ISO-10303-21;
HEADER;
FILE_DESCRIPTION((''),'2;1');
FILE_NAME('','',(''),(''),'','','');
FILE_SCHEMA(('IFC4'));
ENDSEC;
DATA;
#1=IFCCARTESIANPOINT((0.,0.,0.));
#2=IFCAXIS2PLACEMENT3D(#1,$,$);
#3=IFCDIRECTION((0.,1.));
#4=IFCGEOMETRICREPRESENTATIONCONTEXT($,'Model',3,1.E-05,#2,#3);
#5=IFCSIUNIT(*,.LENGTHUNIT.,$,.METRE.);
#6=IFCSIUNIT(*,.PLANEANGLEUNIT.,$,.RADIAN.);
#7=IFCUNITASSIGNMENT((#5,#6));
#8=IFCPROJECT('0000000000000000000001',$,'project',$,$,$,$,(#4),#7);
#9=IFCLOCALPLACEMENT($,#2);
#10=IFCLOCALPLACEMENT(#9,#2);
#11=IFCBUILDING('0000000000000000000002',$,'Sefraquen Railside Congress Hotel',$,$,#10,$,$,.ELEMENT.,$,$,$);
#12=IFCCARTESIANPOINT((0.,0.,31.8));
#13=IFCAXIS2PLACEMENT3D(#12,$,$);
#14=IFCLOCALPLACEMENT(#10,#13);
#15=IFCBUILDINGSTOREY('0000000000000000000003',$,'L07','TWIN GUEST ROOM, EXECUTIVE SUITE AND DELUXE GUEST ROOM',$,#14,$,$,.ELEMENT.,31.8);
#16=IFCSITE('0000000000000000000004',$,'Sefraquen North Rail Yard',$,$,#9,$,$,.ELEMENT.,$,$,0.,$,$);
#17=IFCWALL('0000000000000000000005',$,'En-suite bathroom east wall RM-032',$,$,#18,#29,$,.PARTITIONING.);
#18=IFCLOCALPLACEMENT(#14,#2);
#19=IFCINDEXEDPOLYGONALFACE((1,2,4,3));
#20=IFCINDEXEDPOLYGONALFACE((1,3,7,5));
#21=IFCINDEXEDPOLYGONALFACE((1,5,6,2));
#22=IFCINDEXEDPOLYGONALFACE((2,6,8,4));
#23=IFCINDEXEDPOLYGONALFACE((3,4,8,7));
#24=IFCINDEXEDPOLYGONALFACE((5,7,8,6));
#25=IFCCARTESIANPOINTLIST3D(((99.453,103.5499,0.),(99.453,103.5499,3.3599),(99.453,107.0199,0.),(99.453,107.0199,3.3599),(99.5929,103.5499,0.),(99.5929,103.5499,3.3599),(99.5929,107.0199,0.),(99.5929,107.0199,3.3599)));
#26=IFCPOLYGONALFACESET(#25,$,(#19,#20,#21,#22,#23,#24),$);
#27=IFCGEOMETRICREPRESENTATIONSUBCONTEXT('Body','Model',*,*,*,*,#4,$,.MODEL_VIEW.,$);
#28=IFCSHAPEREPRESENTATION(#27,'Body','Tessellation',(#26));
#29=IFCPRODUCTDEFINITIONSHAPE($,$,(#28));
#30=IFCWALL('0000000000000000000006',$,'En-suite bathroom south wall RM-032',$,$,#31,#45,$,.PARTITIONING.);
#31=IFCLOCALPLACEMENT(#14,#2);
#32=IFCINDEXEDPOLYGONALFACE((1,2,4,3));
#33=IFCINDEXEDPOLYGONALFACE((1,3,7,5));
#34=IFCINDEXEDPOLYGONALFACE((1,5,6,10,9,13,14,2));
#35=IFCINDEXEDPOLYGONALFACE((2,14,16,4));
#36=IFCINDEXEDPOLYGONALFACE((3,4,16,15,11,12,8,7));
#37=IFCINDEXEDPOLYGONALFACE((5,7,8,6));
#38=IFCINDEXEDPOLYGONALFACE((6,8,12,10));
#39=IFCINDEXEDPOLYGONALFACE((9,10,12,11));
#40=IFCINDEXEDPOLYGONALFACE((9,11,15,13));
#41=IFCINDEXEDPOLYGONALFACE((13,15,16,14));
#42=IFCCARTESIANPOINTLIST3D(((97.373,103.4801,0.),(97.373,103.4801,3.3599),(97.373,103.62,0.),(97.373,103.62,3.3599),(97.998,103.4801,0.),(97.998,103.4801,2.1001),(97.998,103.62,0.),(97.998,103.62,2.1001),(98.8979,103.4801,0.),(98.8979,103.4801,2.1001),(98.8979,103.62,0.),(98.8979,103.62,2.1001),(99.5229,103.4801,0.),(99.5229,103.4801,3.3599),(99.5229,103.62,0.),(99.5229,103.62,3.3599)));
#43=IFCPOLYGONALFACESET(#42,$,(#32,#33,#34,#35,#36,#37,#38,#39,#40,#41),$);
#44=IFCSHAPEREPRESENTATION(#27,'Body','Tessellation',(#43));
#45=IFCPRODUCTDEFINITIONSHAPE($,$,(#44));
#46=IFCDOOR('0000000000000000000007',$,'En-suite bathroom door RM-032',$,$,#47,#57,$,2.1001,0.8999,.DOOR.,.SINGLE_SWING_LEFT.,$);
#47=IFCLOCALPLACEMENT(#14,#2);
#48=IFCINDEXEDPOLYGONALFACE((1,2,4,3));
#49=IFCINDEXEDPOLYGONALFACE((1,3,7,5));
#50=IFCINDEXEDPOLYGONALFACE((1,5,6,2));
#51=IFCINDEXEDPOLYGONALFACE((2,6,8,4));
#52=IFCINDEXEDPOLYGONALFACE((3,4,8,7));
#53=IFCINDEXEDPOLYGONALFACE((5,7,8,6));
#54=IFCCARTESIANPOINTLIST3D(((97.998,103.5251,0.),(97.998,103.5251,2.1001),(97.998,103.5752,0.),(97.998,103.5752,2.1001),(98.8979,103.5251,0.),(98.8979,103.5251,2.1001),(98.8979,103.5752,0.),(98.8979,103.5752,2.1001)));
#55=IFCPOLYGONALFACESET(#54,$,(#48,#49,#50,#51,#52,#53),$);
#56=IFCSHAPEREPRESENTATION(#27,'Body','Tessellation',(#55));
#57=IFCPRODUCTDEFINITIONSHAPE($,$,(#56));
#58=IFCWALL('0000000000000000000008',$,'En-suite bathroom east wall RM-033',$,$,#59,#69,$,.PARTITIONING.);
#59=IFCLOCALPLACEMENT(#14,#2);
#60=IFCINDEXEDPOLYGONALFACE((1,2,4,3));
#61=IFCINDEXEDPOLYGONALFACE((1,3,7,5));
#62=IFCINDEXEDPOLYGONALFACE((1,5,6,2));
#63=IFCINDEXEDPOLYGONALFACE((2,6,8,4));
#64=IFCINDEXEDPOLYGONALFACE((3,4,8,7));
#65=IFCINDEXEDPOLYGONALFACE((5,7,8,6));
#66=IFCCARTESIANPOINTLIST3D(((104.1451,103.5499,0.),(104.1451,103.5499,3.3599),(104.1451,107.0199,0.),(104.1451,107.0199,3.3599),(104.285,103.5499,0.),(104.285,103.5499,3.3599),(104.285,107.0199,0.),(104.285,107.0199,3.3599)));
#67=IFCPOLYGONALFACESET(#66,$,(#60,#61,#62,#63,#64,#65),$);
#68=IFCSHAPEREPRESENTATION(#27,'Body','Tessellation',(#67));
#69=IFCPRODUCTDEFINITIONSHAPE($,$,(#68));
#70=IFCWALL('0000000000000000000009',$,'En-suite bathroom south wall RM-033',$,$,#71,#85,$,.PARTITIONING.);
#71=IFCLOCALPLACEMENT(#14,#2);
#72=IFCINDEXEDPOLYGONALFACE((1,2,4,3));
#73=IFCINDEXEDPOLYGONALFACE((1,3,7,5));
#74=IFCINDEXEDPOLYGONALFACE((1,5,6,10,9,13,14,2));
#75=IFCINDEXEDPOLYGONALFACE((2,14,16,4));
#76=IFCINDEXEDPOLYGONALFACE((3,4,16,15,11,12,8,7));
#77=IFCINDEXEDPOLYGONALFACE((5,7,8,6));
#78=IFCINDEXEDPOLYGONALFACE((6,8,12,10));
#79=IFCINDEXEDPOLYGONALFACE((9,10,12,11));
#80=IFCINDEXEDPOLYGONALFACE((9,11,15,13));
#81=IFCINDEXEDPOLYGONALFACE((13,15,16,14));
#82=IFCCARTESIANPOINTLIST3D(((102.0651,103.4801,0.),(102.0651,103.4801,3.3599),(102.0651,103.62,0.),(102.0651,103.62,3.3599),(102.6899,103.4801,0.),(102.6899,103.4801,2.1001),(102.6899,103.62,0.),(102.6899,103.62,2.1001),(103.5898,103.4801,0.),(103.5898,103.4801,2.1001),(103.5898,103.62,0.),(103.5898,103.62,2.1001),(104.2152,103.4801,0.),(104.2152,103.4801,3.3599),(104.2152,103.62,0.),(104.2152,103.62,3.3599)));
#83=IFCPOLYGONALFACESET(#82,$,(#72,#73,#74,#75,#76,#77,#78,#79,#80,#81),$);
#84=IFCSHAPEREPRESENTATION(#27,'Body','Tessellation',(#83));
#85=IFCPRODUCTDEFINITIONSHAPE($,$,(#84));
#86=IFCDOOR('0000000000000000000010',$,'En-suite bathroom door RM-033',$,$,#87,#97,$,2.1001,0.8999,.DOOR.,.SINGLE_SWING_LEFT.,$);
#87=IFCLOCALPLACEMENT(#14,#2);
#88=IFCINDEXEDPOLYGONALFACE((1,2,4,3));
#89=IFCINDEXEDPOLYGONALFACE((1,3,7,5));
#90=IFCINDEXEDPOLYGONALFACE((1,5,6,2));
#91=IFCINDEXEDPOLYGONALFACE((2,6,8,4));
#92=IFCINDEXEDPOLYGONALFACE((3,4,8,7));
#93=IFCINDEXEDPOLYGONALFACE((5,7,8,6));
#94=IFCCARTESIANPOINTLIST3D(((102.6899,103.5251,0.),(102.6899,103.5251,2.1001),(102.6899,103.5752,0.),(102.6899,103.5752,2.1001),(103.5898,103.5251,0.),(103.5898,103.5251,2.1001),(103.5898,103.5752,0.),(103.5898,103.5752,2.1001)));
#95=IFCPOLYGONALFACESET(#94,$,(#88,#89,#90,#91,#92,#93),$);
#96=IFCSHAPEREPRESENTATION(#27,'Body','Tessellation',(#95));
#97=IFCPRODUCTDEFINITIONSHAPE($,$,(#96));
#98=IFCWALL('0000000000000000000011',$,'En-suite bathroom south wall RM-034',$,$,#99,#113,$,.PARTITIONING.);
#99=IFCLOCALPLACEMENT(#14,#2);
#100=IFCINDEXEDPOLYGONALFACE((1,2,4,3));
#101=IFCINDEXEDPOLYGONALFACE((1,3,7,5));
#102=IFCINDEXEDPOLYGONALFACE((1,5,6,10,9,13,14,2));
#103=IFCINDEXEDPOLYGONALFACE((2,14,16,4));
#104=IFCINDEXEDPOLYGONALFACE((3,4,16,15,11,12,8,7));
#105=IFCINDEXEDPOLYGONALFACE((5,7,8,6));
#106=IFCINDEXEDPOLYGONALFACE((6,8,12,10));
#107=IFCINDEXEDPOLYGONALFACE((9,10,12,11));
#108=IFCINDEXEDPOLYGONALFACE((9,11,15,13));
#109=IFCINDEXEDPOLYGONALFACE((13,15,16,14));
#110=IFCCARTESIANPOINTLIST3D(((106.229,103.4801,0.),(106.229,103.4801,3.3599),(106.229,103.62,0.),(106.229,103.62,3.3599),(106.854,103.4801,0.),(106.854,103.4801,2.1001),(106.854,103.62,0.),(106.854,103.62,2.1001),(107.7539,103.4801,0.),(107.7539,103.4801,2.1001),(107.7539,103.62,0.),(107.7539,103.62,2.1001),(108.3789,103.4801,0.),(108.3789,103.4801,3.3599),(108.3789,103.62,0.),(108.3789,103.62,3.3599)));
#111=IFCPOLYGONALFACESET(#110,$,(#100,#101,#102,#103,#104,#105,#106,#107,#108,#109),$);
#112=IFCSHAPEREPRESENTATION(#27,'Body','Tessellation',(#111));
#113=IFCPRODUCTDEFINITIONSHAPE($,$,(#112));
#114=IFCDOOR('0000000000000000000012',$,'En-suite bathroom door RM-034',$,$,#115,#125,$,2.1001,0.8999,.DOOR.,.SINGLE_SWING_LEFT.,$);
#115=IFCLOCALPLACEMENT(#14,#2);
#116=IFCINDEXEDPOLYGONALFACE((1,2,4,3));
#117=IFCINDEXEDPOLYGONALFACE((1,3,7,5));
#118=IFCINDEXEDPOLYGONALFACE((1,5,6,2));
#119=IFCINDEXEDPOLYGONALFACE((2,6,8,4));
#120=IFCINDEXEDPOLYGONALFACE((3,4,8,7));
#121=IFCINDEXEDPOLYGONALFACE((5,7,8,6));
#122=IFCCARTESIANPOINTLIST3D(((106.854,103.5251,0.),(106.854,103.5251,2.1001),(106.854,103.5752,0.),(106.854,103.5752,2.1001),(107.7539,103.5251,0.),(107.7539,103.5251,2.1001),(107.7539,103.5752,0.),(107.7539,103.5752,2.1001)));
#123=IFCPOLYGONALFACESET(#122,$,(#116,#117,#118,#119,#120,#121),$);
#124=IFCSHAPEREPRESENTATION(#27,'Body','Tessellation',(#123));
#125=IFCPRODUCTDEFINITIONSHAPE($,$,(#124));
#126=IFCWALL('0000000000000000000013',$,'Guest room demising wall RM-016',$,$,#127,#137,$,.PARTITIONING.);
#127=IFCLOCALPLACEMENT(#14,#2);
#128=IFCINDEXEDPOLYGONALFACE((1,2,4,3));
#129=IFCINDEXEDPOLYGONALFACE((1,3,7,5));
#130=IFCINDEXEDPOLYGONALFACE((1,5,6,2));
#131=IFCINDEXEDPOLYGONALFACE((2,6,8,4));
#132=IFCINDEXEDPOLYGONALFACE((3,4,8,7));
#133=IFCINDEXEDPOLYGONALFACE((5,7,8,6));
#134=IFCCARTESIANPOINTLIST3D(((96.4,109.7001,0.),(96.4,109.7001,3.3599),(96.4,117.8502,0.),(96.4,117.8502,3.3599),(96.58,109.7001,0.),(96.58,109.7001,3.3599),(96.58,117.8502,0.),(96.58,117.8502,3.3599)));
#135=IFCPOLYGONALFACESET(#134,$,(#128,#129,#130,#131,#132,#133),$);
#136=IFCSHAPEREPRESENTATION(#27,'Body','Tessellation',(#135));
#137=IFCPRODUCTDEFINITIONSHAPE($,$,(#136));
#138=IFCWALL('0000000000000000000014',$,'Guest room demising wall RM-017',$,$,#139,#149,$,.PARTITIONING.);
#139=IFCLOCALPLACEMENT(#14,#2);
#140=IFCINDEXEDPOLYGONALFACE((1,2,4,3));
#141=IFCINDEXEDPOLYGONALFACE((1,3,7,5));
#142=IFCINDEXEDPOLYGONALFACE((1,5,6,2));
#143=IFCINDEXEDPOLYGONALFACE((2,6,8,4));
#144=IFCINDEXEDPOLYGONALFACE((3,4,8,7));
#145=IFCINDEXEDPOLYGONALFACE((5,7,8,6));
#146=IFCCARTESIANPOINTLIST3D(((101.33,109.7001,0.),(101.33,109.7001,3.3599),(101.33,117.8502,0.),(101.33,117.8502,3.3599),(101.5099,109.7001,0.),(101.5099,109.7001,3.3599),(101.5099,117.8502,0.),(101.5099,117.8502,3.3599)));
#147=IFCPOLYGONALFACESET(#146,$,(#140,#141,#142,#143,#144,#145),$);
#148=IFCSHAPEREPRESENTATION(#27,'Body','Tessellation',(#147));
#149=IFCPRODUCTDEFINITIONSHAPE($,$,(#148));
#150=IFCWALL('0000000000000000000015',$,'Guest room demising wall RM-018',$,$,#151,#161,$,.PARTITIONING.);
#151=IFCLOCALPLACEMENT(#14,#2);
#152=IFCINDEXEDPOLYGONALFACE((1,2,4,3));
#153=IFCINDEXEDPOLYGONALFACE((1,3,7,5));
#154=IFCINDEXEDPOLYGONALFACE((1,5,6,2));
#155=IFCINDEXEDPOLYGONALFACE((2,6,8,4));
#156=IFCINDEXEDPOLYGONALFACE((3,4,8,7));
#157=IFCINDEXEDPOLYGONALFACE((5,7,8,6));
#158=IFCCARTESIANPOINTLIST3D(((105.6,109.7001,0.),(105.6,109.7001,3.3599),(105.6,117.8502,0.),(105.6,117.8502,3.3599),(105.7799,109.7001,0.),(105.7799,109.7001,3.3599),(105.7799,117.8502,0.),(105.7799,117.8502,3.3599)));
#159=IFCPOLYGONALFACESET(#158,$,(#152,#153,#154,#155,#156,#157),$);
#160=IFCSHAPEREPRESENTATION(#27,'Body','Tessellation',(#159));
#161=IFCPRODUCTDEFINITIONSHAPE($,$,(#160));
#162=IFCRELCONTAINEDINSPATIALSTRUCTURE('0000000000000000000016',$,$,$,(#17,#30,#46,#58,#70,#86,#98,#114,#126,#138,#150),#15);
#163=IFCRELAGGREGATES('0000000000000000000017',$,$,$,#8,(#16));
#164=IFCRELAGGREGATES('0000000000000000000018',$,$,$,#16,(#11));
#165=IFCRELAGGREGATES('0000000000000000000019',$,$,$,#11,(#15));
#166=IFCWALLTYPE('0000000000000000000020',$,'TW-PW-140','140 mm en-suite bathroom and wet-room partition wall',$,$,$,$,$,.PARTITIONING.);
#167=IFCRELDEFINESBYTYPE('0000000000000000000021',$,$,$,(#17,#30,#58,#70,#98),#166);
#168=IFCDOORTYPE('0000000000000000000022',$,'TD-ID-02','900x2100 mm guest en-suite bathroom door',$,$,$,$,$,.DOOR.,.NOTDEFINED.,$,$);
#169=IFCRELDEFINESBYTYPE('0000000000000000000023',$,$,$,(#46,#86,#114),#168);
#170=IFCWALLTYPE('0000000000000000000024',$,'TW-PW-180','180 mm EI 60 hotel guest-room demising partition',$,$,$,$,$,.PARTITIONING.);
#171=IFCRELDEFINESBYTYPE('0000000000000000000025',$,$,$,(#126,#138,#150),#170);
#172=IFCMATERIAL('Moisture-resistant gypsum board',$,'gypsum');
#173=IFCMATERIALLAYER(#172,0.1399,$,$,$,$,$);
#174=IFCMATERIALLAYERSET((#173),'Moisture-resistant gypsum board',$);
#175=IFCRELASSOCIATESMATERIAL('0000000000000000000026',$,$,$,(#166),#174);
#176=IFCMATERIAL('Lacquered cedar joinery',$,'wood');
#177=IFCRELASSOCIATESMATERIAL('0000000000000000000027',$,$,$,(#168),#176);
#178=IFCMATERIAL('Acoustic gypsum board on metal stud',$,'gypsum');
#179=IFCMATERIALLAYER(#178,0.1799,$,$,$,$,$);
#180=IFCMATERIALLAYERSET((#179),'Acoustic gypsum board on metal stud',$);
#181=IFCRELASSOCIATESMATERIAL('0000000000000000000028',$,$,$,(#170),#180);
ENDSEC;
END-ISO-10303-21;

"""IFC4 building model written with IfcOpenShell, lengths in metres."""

from ifc_helpers import new_model, si_unit, direction, frame, frame_2d, origin, place, context, subcontext, project, spatial, rectangle, extrude, material, layer, layer_set, type_object, element, fill, save


model = new_model("IFC4")

# Units and contexts
model_context = context("Model", 3, precision=1e-05, world=origin(), true_north=direction((0.0, 1.0)))
body_context = subcontext(model_context, "Body", "Model", "MODEL_VIEW")
ifc_project = project(units=[si_unit("LENGTHUNIT", "METRE"), si_unit("PLANEANGLEUNIT", "RADIAN")], contexts=[model_context])

# Site, building, storey
site_placement = place(None, origin())
site = spatial("IfcSite", under=ifc_project, at=site_placement, Name="Sefraquen North Rail Yard", CompositionType="ELEMENT", RefElevation=0.0)
building_placement = place(site_placement, origin())
building = spatial("IfcBuilding", under=site, at=building_placement, Name="Sefraquen Railside Congress Hotel", CompositionType="ELEMENT")
storey_placement = place(building_placement, frame((0.0, 0.0, 31.8)))
storey = spatial("IfcBuildingStorey", under=building, at=storey_placement, Name="L07", Description="TWIN GUEST ROOM, EXECUTIVE SUITE AND DELUXE GUEST ROOM", CompositionType="ELEMENT", Elevation=31.8)

# Shared definitions
ifc_material_1 = material(Name="Moisture-resistant gypsum board", Category="gypsum")
ifc_layer_1 = layer(ifc_material_1, 0.1399)
ifc_layer_set_1 = layer_set([ifc_layer_1], Name="Moisture-resistant gypsum board")
wall_type_1 = type_object("IfcWallType", Name="TW-PW-140", Description="140 mm en-suite bathroom and wet-room partition wall", PredefinedType="PARTITIONING", material=ifc_layer_set_1)

# Shared definitions
ifc_material_2 = material(Name="Lacquered cedar joinery", Category="wood")
door_type = type_object("IfcDoorType", Name="TD-ID-02", Description="900x2100 mm guest en-suite bathroom door", OperationType="NOTDEFINED", PredefinedType="DOOR", material=ifc_material_2)

# Wall
wall_1_placement = place(storey_placement, frame((99.5229, 103.55, 0.0), z_axis=(0.0, 0.0, 1.0), x_axis=(0.0, 1.0, 0.0)))
element("IfcWall", 1, at=wall_1_placement, inside=storey, type_object=wall_type_1, Name="En-suite bathroom east wall RM-032", PredefinedType="PARTITIONING", context=body_context, shape_type="SweptSolid", body=[
    extrude(rectangle(XDim=3.47, YDim=0.1399, at=frame_2d((1.7349, 0.0))), origin(), (0.0, 0.0, 1.0), 3.3599),
])

# Wall, opening, door
wall_2_placement = place(storey_placement, frame((97.373, 103.55, 0.0), z_axis=(0.0, 0.0, 1.0), x_axis=(1.0, 0.0, 0.0)))
wall_2 = element("IfcWall", 2, at=wall_2_placement, inside=storey, type_object=wall_type_1, Name="En-suite bathroom south wall RM-032", PredefinedType="PARTITIONING", context=body_context, shape_type="SweptSolid", body=[
    extrude(rectangle(XDim=2.1499, YDim=0.1399, at=frame_2d((1.075, 0.0))), origin(), (0.0, 0.0, 1.0), 3.3599),
])
opening_1_placement = place(wall_2_placement, frame((0.625, 0.0, 0.0)))
opening_1 = element("IfcOpeningElement", 3, at=opening_1_placement, cuts=wall_2, PredefinedType="OPENING", context=body_context, shape_type="SweptSolid", body=[
    extrude(rectangle(XDim=0.8999, YDim=2.1001, at=frame_2d((0.45, 1.05))), frame((0.0, 0.0798, 0.0), z_axis=(0.0, -1.0, 0.0), x_axis=(1.0, 0.0, 0.0)), (0.0, 0.0, 1.0), 0.1599),
])
door_1_placement = place(opening_1_placement, frame((0.8999, 0.0, 0.0), z_axis=(0.0, 0.0, 1.0), x_axis=(-1.0, 0.0, 0.0)))
door_1 = element("IfcDoor", 4, at=door_1_placement, inside=storey, type_object=door_type, Name="En-suite bathroom door RM-032", OperationType="SINGLE_SWING_LEFT", OverallHeight=2.1001, OverallWidth=0.8999, PredefinedType="DOOR", context=body_context, shape_type="SweptSolid", body=[
    extrude(rectangle(XDim=0.8999, YDim=2.1001, at=frame_2d((0.45, 1.05))), frame((0.0, 0.0249, 0.0), z_axis=(0.0, -1.0, 0.0), x_axis=(1.0, 0.0, 0.0)), (0.0, 0.0, 1.0), 0.05),
])
fill(opening_1, door_1)

# Wall
wall_3_placement = place(storey_placement, frame((104.2151, 103.55, 0.0), z_axis=(0.0, 0.0, 1.0), x_axis=(0.0, 1.0, 0.0)))
element("IfcWall", 5, at=wall_3_placement, inside=storey, type_object=wall_type_1, Name="En-suite bathroom east wall RM-033", PredefinedType="PARTITIONING", context=body_context, shape_type="SweptSolid", body=[
    extrude(rectangle(XDim=3.47, YDim=0.1399, at=frame_2d((1.7349, 0.0))), origin(), (0.0, 0.0, 1.0), 3.3599),
])

# Walls, openings, doors
wall_4_placement = place(storey_placement, frame((102.0649, 103.55, 0.0), z_axis=(0.0, 0.0, 1.0), x_axis=(1.0, 0.0, 0.0)))
wall_4 = element("IfcWall", 6, at=wall_4_placement, inside=storey, type_object=wall_type_1, Name="En-suite bathroom south wall RM-033", PredefinedType="PARTITIONING", context=body_context, shape_type="SweptSolid", body=[
    extrude(rectangle(XDim=2.1501, YDim=0.1399, at=frame_2d((1.0752, 0.0))), origin(), (0.0, 0.0, 1.0), 3.3599),
])
opening_2_placement = place(wall_4_placement, frame((0.625, 0.0, 0.0)))
opening_2 = element("IfcOpeningElement", 7, at=opening_2_placement, cuts=wall_4, PredefinedType="OPENING", context=body_context, shape_type="SweptSolid", body=[
    extrude(rectangle(XDim=0.8999, YDim=2.1001, at=frame_2d((0.45, 1.05))), frame((0.0, 0.0798, 0.0), z_axis=(0.0, -1.0, 0.0), x_axis=(1.0, 0.0, 0.0)), (0.0, 0.0, 1.0), 0.1599),
])
door_2_placement = place(opening_2_placement, frame((0.8999, 0.0, 0.0), z_axis=(0.0, 0.0, 1.0), x_axis=(-1.0, 0.0, 0.0)))
door_2 = element("IfcDoor", 8, at=door_2_placement, inside=storey, type_object=door_type, Name="En-suite bathroom door RM-033", OperationType="SINGLE_SWING_LEFT", OverallHeight=2.1001, OverallWidth=0.8999, PredefinedType="DOOR", context=body_context, shape_type="SweptSolid", body=[
    extrude(rectangle(XDim=0.8999, YDim=2.1001, at=frame_2d((0.45, 1.05))), frame((0.0, 0.0249, 0.0), z_axis=(0.0, -1.0, 0.0), x_axis=(1.0, 0.0, 0.0)), (0.0, 0.0, 1.0), 0.05),
])
fill(opening_2, door_2)
wall_5_placement = place(storey_placement, frame((106.229, 103.55, 0.0), z_axis=(0.0, 0.0, 1.0), x_axis=(1.0, 0.0, 0.0)))
wall_5 = element("IfcWall", 9, at=wall_5_placement, inside=storey, type_object=wall_type_1, Name="En-suite bathroom south wall RM-034", PredefinedType="PARTITIONING", context=body_context, shape_type="SweptSolid", body=[
    extrude(rectangle(XDim=2.1499, YDim=0.1399, at=frame_2d((1.075, 0.0))), origin(), (0.0, 0.0, 1.0), 3.3599),
])
opening_3_placement = place(wall_5_placement, frame((0.625, 0.0, 0.0)))
opening_3 = element("IfcOpeningElement", 10, at=opening_3_placement, cuts=wall_5, PredefinedType="OPENING", context=body_context, shape_type="SweptSolid", body=[
    extrude(rectangle(XDim=0.8999, YDim=2.1001, at=frame_2d((0.45, 1.05))), frame((0.0, 0.0798, 0.0), z_axis=(0.0, -1.0, 0.0), x_axis=(1.0, 0.0, 0.0)), (0.0, 0.0, 1.0), 0.1599),
])
door_3_placement = place(opening_3_placement, frame((0.8999, 0.0, 0.0), z_axis=(0.0, 0.0, 1.0), x_axis=(-1.0, 0.0, 0.0)))
door_3 = element("IfcDoor", 11, at=door_3_placement, inside=storey, type_object=door_type, Name="En-suite bathroom door RM-034", OperationType="SINGLE_SWING_LEFT", OverallHeight=2.1001, OverallWidth=0.8999, PredefinedType="DOOR", context=body_context, shape_type="SweptSolid", body=[
    extrude(rectangle(XDim=0.8999, YDim=2.1001, at=frame_2d((0.45, 1.05))), frame((0.0, 0.0249, 0.0), z_axis=(0.0, -1.0, 0.0), x_axis=(1.0, 0.0, 0.0)), (0.0, 0.0, 1.0), 0.05),
])
fill(opening_3, door_3)

# Walls
ifc_material_3 = material(Name="Acoustic gypsum board on metal stud", Category="gypsum")
ifc_layer_2 = layer(ifc_material_3, 0.1799)
ifc_layer_set_2 = layer_set([ifc_layer_2], Name="Acoustic gypsum board on metal stud")
wall_type_2 = type_object("IfcWallType", Name="TW-PW-180", Description="180 mm EI 60 hotel guest-room demising partition", PredefinedType="PARTITIONING", material=ifc_layer_set_2)
for number, where, z_axis, x_axis, name in (
    (12, (96.49, 109.7, 0.0), (0.0, 0.0, 1.0), (0.0, 1.0, 0.0), "Guest room demising wall RM-016"),
    (13, (101.4199, 109.7, 0.0), (0.0, 0.0, 1.0), (0.0, 1.0, 0.0), "Guest room demising wall RM-017"),
    (14, (105.6899, 109.7, 0.0), (0.0, 0.0, 1.0), (0.0, 1.0, 0.0), "Guest room demising wall RM-018"),
):
    element("IfcWall", number, at=place(storey_placement, frame(where, z_axis=z_axis, x_axis=x_axis)), inside=storey, type_object=wall_type_2, Name=name, PredefinedType="PARTITIONING", context=body_context, shape_type="SweptSolid", body=[
        extrude(rectangle(XDim=8.1501, YDim=0.1799, at=frame_2d((4.0752, 0.0))), origin(), (0.0, 0.0, 1.0), 3.3599),
    ])

save(model, "model.ifc")
